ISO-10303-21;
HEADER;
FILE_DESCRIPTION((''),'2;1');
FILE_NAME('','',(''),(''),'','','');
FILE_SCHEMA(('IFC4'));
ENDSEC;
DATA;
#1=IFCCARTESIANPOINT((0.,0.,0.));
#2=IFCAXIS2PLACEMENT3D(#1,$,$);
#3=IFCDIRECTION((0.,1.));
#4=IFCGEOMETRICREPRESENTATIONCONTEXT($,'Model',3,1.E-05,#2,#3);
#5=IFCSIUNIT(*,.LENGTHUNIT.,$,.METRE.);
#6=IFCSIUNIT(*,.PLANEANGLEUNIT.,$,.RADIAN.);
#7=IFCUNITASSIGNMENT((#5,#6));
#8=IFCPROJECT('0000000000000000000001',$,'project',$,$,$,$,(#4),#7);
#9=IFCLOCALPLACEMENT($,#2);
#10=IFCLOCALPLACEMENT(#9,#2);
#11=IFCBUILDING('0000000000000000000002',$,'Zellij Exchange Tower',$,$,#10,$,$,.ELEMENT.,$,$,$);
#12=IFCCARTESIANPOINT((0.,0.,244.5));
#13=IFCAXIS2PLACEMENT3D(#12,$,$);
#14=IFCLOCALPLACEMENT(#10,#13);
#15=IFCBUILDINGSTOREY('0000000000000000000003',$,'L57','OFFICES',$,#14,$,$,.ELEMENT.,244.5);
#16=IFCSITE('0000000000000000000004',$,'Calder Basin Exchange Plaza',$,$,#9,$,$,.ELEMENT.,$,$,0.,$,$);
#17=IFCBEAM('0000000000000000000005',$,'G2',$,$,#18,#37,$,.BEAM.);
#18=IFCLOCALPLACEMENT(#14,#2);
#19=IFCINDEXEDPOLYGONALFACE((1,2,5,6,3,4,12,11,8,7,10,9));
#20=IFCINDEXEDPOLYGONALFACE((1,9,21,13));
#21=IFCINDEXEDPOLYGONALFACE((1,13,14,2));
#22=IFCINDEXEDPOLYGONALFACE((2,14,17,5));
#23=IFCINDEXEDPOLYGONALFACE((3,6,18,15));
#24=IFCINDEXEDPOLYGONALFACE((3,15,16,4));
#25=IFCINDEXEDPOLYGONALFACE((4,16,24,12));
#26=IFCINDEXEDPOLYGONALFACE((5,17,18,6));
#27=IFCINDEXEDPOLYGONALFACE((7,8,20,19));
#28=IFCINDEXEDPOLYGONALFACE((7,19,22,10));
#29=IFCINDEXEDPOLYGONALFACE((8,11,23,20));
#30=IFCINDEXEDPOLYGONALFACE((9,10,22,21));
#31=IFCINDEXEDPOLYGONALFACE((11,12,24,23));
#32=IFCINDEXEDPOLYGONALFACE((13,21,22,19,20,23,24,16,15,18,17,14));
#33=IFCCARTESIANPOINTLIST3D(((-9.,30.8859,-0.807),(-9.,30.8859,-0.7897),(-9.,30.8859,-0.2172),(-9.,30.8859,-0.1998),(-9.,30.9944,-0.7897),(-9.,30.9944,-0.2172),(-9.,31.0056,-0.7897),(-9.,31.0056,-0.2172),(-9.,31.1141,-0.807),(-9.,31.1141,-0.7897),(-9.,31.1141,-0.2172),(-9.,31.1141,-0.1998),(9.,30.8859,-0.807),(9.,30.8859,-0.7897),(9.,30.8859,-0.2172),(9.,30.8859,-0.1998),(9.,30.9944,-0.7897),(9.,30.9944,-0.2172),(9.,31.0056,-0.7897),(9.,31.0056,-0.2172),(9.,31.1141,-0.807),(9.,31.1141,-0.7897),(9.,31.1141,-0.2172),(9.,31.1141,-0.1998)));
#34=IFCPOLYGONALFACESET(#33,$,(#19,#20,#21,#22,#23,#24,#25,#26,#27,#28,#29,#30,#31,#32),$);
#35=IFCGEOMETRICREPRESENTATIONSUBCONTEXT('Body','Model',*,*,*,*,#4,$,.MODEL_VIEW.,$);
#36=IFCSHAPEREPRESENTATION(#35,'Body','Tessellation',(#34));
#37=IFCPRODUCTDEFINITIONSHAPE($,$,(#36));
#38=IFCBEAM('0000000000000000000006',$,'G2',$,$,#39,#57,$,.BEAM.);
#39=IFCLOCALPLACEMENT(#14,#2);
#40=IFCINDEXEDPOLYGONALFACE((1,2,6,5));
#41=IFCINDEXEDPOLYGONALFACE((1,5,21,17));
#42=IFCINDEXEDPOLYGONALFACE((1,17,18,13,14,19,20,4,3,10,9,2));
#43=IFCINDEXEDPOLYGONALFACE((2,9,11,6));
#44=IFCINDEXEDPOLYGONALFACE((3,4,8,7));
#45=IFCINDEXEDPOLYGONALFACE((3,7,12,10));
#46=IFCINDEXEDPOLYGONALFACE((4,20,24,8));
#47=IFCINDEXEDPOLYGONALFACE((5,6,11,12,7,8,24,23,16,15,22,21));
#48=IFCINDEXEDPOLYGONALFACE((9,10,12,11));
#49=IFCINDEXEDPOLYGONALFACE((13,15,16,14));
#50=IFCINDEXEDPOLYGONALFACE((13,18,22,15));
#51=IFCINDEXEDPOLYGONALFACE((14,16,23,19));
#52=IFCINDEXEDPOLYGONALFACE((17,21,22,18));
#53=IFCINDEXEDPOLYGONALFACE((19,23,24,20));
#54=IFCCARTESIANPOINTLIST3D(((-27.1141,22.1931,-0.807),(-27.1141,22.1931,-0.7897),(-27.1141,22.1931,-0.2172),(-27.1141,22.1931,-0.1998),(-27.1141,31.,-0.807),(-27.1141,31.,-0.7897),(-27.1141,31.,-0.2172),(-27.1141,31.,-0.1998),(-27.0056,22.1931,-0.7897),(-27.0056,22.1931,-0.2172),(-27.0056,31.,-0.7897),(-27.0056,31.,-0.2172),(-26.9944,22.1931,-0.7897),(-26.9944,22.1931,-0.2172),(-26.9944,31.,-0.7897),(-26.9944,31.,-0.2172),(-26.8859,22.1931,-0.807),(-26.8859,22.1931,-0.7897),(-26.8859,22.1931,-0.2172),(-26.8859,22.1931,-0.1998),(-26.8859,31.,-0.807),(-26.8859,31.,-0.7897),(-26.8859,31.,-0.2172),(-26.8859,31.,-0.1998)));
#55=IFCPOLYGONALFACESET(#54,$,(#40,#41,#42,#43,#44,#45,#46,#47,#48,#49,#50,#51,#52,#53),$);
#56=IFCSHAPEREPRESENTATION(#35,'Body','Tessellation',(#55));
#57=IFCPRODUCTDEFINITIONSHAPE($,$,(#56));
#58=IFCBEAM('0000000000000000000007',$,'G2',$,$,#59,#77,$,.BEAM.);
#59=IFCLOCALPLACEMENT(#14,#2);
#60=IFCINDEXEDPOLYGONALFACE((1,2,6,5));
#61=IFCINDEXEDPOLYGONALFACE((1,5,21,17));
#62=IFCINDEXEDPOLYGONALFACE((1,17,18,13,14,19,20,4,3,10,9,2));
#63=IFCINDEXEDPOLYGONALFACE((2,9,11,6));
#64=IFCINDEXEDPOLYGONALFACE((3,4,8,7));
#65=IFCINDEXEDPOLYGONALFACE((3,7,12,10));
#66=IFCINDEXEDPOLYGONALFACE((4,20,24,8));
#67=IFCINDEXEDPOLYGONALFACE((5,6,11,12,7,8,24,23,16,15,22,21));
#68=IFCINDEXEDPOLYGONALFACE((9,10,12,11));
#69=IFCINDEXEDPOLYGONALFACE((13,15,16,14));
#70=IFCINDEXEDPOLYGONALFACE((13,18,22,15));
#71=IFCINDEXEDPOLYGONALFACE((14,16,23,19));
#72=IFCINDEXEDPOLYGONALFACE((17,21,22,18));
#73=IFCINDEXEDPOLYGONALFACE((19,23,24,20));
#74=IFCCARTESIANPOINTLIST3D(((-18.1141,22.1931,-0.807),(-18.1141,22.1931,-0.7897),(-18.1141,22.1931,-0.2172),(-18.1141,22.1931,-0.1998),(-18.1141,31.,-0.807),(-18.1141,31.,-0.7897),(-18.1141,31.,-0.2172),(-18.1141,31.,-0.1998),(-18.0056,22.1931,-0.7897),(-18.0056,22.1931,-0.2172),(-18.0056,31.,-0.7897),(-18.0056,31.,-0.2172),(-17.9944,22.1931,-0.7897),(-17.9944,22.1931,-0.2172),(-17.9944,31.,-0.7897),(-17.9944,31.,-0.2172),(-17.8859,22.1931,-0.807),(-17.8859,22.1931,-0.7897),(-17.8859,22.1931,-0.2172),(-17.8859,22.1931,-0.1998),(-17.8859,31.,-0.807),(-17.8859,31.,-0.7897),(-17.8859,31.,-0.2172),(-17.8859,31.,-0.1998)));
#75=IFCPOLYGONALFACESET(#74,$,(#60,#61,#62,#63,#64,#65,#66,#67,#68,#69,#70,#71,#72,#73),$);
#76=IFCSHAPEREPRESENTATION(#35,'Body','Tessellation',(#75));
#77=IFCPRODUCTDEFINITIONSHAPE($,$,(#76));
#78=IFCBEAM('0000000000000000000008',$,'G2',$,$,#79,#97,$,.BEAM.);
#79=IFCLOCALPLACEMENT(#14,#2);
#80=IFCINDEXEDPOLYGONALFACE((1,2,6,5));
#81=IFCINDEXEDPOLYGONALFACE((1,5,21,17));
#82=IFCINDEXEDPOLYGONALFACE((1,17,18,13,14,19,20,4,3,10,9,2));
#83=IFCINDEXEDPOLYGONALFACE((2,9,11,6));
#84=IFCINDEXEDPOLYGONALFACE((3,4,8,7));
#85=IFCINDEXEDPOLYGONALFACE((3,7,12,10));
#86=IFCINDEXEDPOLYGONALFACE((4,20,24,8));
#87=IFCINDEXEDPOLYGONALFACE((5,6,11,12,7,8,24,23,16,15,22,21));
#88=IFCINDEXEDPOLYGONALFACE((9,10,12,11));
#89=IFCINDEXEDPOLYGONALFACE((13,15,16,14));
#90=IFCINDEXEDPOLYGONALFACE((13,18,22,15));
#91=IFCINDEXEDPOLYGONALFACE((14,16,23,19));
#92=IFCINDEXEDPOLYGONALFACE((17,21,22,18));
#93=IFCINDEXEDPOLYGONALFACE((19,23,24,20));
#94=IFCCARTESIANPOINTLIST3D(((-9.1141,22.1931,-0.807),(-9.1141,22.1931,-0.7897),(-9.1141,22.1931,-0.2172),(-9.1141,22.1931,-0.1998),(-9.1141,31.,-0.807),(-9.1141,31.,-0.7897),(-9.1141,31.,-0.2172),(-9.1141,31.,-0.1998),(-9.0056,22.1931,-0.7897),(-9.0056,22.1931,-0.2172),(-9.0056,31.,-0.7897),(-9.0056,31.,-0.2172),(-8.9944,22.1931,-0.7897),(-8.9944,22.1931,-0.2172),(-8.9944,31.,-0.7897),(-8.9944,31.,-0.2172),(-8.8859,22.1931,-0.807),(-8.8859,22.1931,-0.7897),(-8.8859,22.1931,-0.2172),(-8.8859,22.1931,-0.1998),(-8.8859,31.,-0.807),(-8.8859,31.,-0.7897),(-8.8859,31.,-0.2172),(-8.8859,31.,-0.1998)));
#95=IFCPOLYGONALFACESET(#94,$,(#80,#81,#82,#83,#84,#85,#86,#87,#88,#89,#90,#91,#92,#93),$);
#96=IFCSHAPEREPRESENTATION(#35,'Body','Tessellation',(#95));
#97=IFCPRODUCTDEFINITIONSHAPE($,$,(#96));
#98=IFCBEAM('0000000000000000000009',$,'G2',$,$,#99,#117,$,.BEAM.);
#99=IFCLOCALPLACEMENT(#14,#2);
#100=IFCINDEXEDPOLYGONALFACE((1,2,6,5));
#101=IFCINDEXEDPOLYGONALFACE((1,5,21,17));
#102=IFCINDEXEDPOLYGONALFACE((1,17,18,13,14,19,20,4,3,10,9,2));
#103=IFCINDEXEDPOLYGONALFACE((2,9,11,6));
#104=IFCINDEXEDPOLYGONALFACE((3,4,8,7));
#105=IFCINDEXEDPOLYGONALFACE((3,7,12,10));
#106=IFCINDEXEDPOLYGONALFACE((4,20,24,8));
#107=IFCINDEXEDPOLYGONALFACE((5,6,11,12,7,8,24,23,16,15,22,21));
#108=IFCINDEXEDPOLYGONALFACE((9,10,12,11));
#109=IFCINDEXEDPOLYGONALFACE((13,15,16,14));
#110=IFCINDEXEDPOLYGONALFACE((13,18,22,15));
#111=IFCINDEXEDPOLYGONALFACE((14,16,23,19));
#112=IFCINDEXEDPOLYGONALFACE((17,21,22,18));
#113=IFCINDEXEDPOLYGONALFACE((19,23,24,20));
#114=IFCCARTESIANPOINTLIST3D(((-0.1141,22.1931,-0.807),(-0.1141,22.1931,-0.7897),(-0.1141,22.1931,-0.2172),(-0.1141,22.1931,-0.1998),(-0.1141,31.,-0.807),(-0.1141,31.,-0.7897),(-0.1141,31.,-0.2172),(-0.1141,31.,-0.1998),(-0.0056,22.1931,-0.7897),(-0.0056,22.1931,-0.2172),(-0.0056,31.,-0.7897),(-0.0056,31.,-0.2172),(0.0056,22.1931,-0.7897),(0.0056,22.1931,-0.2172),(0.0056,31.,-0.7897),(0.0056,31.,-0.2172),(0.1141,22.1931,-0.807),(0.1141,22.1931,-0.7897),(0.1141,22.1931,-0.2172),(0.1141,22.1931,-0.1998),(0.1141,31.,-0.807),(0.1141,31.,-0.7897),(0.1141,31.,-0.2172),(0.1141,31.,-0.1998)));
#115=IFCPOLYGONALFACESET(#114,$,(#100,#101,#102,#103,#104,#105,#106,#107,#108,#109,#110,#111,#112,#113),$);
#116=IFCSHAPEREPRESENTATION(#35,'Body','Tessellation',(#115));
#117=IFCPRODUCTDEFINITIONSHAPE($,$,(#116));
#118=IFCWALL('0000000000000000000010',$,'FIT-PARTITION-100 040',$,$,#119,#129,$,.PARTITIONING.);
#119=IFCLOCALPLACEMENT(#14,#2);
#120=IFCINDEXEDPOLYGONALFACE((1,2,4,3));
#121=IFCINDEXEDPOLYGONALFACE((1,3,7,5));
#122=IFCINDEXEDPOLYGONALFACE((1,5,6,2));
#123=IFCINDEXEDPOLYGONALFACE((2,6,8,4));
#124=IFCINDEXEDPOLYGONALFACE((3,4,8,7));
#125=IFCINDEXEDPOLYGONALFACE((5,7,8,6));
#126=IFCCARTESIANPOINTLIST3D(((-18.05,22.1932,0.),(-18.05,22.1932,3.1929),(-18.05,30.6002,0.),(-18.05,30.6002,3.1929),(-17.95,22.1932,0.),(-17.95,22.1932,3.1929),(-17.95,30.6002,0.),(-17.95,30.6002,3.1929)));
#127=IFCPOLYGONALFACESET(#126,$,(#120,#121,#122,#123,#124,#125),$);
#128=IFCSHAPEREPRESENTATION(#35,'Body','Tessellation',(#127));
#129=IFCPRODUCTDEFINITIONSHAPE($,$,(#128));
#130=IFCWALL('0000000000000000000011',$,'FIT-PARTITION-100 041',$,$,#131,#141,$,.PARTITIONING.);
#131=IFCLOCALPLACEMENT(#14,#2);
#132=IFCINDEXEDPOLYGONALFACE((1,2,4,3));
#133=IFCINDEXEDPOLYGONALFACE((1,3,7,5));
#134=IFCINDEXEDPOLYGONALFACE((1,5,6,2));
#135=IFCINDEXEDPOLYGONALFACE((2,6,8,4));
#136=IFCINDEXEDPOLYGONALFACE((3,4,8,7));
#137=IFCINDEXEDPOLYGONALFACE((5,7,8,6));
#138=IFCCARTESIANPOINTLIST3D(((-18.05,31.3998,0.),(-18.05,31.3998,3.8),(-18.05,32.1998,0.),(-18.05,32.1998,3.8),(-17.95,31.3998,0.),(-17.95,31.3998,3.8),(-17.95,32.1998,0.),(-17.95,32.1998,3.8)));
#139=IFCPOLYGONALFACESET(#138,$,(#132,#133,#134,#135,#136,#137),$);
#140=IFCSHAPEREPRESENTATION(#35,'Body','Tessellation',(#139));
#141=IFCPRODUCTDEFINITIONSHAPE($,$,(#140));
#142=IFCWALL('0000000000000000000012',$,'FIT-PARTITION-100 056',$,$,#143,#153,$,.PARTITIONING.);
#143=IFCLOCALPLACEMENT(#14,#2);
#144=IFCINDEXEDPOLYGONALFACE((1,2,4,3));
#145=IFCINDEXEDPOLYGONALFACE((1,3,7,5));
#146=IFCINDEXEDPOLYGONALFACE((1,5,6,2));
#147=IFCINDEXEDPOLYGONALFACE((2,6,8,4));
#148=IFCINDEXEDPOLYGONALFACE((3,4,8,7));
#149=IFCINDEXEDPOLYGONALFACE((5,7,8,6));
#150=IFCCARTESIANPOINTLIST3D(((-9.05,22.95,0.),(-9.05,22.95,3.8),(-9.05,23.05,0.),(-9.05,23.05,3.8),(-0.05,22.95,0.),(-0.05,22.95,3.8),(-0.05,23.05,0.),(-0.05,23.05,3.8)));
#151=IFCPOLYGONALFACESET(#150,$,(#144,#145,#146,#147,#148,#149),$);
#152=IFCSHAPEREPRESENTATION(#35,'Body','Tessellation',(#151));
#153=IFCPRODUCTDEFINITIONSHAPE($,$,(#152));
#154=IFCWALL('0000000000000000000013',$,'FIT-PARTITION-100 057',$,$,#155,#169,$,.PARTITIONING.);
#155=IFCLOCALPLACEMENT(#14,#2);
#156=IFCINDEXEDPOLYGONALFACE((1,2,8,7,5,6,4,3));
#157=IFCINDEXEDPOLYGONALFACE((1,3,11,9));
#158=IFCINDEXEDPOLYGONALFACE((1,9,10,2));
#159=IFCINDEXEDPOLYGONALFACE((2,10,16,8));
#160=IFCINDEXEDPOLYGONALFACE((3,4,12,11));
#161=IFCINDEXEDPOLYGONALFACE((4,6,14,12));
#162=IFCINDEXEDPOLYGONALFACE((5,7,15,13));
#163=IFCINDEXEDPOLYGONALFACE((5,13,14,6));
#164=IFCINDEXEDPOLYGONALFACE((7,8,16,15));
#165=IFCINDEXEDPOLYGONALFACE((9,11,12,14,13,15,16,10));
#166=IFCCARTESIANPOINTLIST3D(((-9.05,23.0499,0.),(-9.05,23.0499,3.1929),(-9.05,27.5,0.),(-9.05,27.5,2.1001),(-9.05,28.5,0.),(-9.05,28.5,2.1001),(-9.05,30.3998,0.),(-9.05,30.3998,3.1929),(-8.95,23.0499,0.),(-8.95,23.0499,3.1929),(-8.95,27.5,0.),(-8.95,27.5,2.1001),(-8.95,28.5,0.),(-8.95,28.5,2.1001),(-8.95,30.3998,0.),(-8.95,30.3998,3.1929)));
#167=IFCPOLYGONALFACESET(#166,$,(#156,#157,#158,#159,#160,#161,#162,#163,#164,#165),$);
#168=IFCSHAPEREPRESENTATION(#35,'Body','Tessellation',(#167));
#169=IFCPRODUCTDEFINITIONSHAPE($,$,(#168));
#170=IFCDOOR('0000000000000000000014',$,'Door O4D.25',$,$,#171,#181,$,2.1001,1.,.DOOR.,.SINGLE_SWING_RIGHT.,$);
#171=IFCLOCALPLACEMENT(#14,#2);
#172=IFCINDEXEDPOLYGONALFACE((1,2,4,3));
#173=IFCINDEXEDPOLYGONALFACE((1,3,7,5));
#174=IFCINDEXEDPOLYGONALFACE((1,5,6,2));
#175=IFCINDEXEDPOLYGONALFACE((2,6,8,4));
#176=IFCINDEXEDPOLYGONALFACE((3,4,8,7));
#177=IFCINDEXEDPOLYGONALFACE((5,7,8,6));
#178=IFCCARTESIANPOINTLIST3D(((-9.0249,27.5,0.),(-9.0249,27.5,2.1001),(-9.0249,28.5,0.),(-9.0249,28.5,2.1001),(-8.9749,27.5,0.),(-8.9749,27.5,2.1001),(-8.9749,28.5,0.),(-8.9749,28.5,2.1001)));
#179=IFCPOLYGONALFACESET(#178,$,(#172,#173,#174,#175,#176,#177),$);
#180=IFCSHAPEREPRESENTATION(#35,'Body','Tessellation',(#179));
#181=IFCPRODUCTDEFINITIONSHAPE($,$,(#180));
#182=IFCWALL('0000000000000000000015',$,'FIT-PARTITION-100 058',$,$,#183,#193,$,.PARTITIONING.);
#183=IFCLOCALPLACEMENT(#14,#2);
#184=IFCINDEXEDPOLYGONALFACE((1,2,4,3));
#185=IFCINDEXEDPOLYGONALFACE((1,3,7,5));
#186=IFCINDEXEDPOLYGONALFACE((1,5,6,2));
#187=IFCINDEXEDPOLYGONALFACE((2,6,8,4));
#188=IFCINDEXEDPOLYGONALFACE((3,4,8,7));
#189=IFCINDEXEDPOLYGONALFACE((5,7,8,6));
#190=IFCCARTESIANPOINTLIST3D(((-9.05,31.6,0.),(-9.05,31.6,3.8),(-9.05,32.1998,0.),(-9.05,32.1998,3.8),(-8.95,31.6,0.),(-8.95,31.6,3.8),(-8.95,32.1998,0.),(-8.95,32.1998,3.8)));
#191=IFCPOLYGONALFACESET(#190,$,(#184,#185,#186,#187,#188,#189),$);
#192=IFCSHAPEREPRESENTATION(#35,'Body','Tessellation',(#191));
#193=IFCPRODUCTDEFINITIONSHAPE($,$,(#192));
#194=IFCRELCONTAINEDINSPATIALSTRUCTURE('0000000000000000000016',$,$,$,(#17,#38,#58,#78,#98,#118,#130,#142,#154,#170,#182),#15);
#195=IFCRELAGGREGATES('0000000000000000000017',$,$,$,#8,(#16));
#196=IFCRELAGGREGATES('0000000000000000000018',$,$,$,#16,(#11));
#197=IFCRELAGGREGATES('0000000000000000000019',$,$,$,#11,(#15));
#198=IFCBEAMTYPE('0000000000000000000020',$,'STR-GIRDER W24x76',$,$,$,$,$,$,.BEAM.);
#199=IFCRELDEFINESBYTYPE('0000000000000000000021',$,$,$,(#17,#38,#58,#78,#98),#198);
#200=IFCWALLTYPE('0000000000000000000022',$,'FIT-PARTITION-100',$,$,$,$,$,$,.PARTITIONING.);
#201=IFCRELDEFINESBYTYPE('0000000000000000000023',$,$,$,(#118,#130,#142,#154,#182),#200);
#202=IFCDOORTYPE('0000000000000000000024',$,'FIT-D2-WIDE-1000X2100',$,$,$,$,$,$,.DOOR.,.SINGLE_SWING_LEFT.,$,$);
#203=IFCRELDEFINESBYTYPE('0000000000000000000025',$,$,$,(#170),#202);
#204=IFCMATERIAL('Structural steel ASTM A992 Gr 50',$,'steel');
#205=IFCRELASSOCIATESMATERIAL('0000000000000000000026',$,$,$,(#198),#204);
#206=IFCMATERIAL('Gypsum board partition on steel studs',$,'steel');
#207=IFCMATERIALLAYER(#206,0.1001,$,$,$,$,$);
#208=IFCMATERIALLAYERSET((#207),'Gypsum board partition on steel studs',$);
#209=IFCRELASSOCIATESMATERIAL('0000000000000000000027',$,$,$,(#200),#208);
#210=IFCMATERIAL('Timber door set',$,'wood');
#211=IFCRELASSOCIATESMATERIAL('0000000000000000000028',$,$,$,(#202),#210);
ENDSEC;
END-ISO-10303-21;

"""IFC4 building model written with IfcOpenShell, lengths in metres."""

from ifc_helpers import new_model, si_unit, direction, frame, frame_2d, origin, origin_2d, place, context, subcontext, project, spatial, rectangle, i_section, extrude, material, layer, layer_set, material_profile, profile_set, type_object, element, fill, save


model = new_model("IFC4")

# Units and contexts
model_context = context("Model", 3, precision=1e-05, world=origin(), true_north=direction((0.0, 1.0)))
body_context = subcontext(model_context, "Body", "Model", "MODEL_VIEW")
ifc_project = project(units=[si_unit("LENGTHUNIT", "METRE"), si_unit("PLANEANGLEUNIT", "RADIAN")], contexts=[model_context])

# Site, building, storey
site_placement = place(None, origin())
site = spatial("IfcSite", under=ifc_project, at=site_placement, Name="Calder Basin Exchange Plaza", CompositionType="ELEMENT", RefElevation=0.0)
building_placement = place(site_placement, origin())
building = spatial("IfcBuilding", under=site, at=building_placement, Name="Zellij Exchange Tower", CompositionType="ELEMENT")
storey_placement = place(building_placement, frame((0.0, 0.0, 244.5)))
storey = spatial("IfcBuildingStorey", under=building, at=storey_placement, Name="L57", Description="OFFICES", CompositionType="ELEMENT", Elevation=244.5)

# Shared definitions
ifc_material_1 = material(Name="Structural steel ASTM A992 Gr 50", Category="steel")

# Beams
ifc_material_profile_1 = material_profile(ifc_material_1, i_section(OverallWidth=0.2283, OverallDepth=0.6072, WebThickness=0.0112, FlangeThickness=0.0173, at=origin_2d()), Name="W24x76")
ifc_profile_set_1 = profile_set([ifc_material_profile_1], Name="Structural steel ASTM A992 Gr 50")
beam_type = type_object("IfcBeamType", Name="STR-GIRDER W24x76", PredefinedType="BEAM", material=ifc_profile_set_1)
for number, where, z_axis, x_axis, name in (
    (1, (-9.0, 31.0, -0.5034), (1.0, 0.0, 0.0), (0.0, 1.0, 0.0), "G2"),
):
    element("IfcBeam", number, at=place(storey_placement, frame(where, z_axis=z_axis, x_axis=x_axis)), inside=storey, type_object=beam_type, Name=name, PredefinedType="BEAM", context=body_context, shape_type="SweptSolid", body=[
        extrude(i_section(OverallWidth=0.2283, OverallDepth=0.6072, WebThickness=0.0112, FlangeThickness=0.0173, at=origin_2d()), origin(), (0.0, 0.0, 1.0), 18.0),
    ])
for number, where, z_axis, x_axis, name in (
    (2, (-27.0, 22.1931, -0.5034), (0.0, 1.0, 0.0), (-1.0, 0.0, 0.0), "G2"),
    (3, (-18.0, 22.1931, -0.5034), (0.0, 1.0, 0.0), (-1.0, 0.0, 0.0), "G2"),
    (4, (-9.0, 22.1931, -0.5034), (0.0, 1.0, 0.0), (-1.0, 0.0, 0.0), "G2"),
    (5, (0.0, 22.1931, -0.5034), (0.0, 1.0, 0.0), (-1.0, 0.0, 0.0), "G2"),
):
    element("IfcBeam", number, at=place(storey_placement, frame(where, z_axis=z_axis, x_axis=x_axis)), inside=storey, type_object=beam_type, Name=name, PredefinedType="BEAM", context=body_context, shape_type="SweptSolid", body=[
        extrude(i_section(OverallWidth=0.2283, OverallDepth=0.6072, WebThickness=0.0112, FlangeThickness=0.0173, at=origin_2d()), origin(), (0.0, 0.0, 1.0), 8.8069),
    ])

# Walls
ifc_material_2 = material(Name="Gypsum board partition on steel studs", Category="steel")
ifc_layer = layer(ifc_material_2, 0.1001)
ifc_layer_set = layer_set([ifc_layer], Name="Gypsum board partition on steel studs")
wall_type = type_object("IfcWallType", Name="FIT-PARTITION-100", PredefinedType="PARTITIONING", material=ifc_layer_set)
wall_1_placement = place(storey_placement, frame((-18.0, 22.1931, 0.0), z_axis=(0.0, 0.0, 1.0), x_axis=(0.0, 1.0, 0.0)))
element("IfcWall", 6, at=wall_1_placement, inside=storey, type_object=wall_type, Name="FIT-PARTITION-100 040", PredefinedType="PARTITIONING", context=body_context, shape_type="SweptSolid", body=[
    extrude(rectangle(XDim=8.407, YDim=0.1001, at=frame_2d((4.2036, 0.0))), origin(), (0.0, 0.0, 1.0), 3.1929),
])
wall_2_placement = place(storey_placement, frame((-18.0, 31.3999, 0.0), z_axis=(0.0, 0.0, 1.0), x_axis=(0.0, 1.0, 0.0)))
element("IfcWall", 7, at=wall_2_placement, inside=storey, type_object=wall_type, Name="FIT-PARTITION-100 041", PredefinedType="PARTITIONING", context=body_context, shape_type="SweptSolid", body=[
    extrude(rectangle(XDim=0.8, YDim=0.1001, at=frame_2d((0.3999, 0.0))), origin(), (0.0, 0.0, 1.0), 3.8),
])
wall_3_placement = place(storey_placement, frame((-9.05, 23.0, 0.0), z_axis=(0.0, 0.0, 1.0), x_axis=(1.0, 0.0, 0.0)))
element("IfcWall", 8, at=wall_3_placement, inside=storey, type_object=wall_type, Name="FIT-PARTITION-100 056", PredefinedType="PARTITIONING", context=body_context, shape_type="SweptSolid", body=[
    extrude(rectangle(XDim=9.0, YDim=0.1001, at=frame_2d((4.5, 0.0))), origin(), (0.0, 0.0, 1.0), 3.8),
])

# Wall, opening, door
wall_4_placement = place(storey_placement, frame((-9.0, 23.05, 0.0), z_axis=(0.0, 0.0, 1.0), x_axis=(0.0, 1.0, 0.0)))
wall_4 = element("IfcWall", 9, at=wall_4_placement, inside=storey, type_object=wall_type, Name="FIT-PARTITION-100 057", PredefinedType="PARTITIONING", context=body_context, shape_type="SweptSolid", body=[
    extrude(rectangle(XDim=7.3499, YDim=0.1001, at=frame_2d((3.6748, 0.0))), origin(), (0.0, 0.0, 1.0), 3.1929),
])
opening_placement = place(wall_4_placement, frame((4.45, 0.0, 0.0)))
opening = element("IfcOpeningElement", 10, at=opening_placement, cuts=wall_4, PredefinedType="OPENING", context=body_context, shape_type="SweptSolid", body=[
    extrude(rectangle(XDim=1.0, YDim=2.1001, at=frame_2d((0.5, 1.05))), frame((0.0, 0.062, 0.0), z_axis=(0.0, -1.0, 0.0), x_axis=(1.0, 0.0, 0.0)), (0.0, 0.0, 1.0), 0.124),
])
ifc_material_3 = material(Name="Timber door set", Category="wood")
door_type = type_object("IfcDoorType", Name="FIT-D2-WIDE-1000X2100", OperationType="SINGLE_SWING_LEFT", PredefinedType="DOOR", material=ifc_material_3)
door_placement = place(opening_placement, origin())
door = element("IfcDoor", 11, at=door_placement, inside=storey, type_object=door_type, Name="Door O4D.25", OperationType="SINGLE_SWING_RIGHT", OverallHeight=2.1001, OverallWidth=1.0, PredefinedType="DOOR", context=body_context, shape_type="SweptSolid", body=[
    extrude(rectangle(XDim=1.0, YDim=2.1001, at=frame_2d((0.5, 1.05))), frame((0.0, 0.0249, 0.0), z_axis=(0.0, -1.0, 0.0), x_axis=(1.0, 0.0, 0.0)), (0.0, 0.0, 1.0), 0.05),
])
fill(opening, door)

# Wall
wall_5_placement = place(storey_placement, frame((-9.0, 31.6001, 0.0), z_axis=(0.0, 0.0, 1.0), x_axis=(0.0, 1.0, 0.0)))
element("IfcWall", 12, at=wall_5_placement, inside=storey, type_object=wall_type, Name="FIT-PARTITION-100 058", PredefinedType="PARTITIONING", context=body_context, shape_type="SweptSolid", body=[
    extrude(rectangle(XDim=0.5999, YDim=0.1001, at=frame_2d((0.2998, 0.0))), origin(), (0.0, 0.0, 1.0), 3.8),
])

save(model, "model.ifc")
